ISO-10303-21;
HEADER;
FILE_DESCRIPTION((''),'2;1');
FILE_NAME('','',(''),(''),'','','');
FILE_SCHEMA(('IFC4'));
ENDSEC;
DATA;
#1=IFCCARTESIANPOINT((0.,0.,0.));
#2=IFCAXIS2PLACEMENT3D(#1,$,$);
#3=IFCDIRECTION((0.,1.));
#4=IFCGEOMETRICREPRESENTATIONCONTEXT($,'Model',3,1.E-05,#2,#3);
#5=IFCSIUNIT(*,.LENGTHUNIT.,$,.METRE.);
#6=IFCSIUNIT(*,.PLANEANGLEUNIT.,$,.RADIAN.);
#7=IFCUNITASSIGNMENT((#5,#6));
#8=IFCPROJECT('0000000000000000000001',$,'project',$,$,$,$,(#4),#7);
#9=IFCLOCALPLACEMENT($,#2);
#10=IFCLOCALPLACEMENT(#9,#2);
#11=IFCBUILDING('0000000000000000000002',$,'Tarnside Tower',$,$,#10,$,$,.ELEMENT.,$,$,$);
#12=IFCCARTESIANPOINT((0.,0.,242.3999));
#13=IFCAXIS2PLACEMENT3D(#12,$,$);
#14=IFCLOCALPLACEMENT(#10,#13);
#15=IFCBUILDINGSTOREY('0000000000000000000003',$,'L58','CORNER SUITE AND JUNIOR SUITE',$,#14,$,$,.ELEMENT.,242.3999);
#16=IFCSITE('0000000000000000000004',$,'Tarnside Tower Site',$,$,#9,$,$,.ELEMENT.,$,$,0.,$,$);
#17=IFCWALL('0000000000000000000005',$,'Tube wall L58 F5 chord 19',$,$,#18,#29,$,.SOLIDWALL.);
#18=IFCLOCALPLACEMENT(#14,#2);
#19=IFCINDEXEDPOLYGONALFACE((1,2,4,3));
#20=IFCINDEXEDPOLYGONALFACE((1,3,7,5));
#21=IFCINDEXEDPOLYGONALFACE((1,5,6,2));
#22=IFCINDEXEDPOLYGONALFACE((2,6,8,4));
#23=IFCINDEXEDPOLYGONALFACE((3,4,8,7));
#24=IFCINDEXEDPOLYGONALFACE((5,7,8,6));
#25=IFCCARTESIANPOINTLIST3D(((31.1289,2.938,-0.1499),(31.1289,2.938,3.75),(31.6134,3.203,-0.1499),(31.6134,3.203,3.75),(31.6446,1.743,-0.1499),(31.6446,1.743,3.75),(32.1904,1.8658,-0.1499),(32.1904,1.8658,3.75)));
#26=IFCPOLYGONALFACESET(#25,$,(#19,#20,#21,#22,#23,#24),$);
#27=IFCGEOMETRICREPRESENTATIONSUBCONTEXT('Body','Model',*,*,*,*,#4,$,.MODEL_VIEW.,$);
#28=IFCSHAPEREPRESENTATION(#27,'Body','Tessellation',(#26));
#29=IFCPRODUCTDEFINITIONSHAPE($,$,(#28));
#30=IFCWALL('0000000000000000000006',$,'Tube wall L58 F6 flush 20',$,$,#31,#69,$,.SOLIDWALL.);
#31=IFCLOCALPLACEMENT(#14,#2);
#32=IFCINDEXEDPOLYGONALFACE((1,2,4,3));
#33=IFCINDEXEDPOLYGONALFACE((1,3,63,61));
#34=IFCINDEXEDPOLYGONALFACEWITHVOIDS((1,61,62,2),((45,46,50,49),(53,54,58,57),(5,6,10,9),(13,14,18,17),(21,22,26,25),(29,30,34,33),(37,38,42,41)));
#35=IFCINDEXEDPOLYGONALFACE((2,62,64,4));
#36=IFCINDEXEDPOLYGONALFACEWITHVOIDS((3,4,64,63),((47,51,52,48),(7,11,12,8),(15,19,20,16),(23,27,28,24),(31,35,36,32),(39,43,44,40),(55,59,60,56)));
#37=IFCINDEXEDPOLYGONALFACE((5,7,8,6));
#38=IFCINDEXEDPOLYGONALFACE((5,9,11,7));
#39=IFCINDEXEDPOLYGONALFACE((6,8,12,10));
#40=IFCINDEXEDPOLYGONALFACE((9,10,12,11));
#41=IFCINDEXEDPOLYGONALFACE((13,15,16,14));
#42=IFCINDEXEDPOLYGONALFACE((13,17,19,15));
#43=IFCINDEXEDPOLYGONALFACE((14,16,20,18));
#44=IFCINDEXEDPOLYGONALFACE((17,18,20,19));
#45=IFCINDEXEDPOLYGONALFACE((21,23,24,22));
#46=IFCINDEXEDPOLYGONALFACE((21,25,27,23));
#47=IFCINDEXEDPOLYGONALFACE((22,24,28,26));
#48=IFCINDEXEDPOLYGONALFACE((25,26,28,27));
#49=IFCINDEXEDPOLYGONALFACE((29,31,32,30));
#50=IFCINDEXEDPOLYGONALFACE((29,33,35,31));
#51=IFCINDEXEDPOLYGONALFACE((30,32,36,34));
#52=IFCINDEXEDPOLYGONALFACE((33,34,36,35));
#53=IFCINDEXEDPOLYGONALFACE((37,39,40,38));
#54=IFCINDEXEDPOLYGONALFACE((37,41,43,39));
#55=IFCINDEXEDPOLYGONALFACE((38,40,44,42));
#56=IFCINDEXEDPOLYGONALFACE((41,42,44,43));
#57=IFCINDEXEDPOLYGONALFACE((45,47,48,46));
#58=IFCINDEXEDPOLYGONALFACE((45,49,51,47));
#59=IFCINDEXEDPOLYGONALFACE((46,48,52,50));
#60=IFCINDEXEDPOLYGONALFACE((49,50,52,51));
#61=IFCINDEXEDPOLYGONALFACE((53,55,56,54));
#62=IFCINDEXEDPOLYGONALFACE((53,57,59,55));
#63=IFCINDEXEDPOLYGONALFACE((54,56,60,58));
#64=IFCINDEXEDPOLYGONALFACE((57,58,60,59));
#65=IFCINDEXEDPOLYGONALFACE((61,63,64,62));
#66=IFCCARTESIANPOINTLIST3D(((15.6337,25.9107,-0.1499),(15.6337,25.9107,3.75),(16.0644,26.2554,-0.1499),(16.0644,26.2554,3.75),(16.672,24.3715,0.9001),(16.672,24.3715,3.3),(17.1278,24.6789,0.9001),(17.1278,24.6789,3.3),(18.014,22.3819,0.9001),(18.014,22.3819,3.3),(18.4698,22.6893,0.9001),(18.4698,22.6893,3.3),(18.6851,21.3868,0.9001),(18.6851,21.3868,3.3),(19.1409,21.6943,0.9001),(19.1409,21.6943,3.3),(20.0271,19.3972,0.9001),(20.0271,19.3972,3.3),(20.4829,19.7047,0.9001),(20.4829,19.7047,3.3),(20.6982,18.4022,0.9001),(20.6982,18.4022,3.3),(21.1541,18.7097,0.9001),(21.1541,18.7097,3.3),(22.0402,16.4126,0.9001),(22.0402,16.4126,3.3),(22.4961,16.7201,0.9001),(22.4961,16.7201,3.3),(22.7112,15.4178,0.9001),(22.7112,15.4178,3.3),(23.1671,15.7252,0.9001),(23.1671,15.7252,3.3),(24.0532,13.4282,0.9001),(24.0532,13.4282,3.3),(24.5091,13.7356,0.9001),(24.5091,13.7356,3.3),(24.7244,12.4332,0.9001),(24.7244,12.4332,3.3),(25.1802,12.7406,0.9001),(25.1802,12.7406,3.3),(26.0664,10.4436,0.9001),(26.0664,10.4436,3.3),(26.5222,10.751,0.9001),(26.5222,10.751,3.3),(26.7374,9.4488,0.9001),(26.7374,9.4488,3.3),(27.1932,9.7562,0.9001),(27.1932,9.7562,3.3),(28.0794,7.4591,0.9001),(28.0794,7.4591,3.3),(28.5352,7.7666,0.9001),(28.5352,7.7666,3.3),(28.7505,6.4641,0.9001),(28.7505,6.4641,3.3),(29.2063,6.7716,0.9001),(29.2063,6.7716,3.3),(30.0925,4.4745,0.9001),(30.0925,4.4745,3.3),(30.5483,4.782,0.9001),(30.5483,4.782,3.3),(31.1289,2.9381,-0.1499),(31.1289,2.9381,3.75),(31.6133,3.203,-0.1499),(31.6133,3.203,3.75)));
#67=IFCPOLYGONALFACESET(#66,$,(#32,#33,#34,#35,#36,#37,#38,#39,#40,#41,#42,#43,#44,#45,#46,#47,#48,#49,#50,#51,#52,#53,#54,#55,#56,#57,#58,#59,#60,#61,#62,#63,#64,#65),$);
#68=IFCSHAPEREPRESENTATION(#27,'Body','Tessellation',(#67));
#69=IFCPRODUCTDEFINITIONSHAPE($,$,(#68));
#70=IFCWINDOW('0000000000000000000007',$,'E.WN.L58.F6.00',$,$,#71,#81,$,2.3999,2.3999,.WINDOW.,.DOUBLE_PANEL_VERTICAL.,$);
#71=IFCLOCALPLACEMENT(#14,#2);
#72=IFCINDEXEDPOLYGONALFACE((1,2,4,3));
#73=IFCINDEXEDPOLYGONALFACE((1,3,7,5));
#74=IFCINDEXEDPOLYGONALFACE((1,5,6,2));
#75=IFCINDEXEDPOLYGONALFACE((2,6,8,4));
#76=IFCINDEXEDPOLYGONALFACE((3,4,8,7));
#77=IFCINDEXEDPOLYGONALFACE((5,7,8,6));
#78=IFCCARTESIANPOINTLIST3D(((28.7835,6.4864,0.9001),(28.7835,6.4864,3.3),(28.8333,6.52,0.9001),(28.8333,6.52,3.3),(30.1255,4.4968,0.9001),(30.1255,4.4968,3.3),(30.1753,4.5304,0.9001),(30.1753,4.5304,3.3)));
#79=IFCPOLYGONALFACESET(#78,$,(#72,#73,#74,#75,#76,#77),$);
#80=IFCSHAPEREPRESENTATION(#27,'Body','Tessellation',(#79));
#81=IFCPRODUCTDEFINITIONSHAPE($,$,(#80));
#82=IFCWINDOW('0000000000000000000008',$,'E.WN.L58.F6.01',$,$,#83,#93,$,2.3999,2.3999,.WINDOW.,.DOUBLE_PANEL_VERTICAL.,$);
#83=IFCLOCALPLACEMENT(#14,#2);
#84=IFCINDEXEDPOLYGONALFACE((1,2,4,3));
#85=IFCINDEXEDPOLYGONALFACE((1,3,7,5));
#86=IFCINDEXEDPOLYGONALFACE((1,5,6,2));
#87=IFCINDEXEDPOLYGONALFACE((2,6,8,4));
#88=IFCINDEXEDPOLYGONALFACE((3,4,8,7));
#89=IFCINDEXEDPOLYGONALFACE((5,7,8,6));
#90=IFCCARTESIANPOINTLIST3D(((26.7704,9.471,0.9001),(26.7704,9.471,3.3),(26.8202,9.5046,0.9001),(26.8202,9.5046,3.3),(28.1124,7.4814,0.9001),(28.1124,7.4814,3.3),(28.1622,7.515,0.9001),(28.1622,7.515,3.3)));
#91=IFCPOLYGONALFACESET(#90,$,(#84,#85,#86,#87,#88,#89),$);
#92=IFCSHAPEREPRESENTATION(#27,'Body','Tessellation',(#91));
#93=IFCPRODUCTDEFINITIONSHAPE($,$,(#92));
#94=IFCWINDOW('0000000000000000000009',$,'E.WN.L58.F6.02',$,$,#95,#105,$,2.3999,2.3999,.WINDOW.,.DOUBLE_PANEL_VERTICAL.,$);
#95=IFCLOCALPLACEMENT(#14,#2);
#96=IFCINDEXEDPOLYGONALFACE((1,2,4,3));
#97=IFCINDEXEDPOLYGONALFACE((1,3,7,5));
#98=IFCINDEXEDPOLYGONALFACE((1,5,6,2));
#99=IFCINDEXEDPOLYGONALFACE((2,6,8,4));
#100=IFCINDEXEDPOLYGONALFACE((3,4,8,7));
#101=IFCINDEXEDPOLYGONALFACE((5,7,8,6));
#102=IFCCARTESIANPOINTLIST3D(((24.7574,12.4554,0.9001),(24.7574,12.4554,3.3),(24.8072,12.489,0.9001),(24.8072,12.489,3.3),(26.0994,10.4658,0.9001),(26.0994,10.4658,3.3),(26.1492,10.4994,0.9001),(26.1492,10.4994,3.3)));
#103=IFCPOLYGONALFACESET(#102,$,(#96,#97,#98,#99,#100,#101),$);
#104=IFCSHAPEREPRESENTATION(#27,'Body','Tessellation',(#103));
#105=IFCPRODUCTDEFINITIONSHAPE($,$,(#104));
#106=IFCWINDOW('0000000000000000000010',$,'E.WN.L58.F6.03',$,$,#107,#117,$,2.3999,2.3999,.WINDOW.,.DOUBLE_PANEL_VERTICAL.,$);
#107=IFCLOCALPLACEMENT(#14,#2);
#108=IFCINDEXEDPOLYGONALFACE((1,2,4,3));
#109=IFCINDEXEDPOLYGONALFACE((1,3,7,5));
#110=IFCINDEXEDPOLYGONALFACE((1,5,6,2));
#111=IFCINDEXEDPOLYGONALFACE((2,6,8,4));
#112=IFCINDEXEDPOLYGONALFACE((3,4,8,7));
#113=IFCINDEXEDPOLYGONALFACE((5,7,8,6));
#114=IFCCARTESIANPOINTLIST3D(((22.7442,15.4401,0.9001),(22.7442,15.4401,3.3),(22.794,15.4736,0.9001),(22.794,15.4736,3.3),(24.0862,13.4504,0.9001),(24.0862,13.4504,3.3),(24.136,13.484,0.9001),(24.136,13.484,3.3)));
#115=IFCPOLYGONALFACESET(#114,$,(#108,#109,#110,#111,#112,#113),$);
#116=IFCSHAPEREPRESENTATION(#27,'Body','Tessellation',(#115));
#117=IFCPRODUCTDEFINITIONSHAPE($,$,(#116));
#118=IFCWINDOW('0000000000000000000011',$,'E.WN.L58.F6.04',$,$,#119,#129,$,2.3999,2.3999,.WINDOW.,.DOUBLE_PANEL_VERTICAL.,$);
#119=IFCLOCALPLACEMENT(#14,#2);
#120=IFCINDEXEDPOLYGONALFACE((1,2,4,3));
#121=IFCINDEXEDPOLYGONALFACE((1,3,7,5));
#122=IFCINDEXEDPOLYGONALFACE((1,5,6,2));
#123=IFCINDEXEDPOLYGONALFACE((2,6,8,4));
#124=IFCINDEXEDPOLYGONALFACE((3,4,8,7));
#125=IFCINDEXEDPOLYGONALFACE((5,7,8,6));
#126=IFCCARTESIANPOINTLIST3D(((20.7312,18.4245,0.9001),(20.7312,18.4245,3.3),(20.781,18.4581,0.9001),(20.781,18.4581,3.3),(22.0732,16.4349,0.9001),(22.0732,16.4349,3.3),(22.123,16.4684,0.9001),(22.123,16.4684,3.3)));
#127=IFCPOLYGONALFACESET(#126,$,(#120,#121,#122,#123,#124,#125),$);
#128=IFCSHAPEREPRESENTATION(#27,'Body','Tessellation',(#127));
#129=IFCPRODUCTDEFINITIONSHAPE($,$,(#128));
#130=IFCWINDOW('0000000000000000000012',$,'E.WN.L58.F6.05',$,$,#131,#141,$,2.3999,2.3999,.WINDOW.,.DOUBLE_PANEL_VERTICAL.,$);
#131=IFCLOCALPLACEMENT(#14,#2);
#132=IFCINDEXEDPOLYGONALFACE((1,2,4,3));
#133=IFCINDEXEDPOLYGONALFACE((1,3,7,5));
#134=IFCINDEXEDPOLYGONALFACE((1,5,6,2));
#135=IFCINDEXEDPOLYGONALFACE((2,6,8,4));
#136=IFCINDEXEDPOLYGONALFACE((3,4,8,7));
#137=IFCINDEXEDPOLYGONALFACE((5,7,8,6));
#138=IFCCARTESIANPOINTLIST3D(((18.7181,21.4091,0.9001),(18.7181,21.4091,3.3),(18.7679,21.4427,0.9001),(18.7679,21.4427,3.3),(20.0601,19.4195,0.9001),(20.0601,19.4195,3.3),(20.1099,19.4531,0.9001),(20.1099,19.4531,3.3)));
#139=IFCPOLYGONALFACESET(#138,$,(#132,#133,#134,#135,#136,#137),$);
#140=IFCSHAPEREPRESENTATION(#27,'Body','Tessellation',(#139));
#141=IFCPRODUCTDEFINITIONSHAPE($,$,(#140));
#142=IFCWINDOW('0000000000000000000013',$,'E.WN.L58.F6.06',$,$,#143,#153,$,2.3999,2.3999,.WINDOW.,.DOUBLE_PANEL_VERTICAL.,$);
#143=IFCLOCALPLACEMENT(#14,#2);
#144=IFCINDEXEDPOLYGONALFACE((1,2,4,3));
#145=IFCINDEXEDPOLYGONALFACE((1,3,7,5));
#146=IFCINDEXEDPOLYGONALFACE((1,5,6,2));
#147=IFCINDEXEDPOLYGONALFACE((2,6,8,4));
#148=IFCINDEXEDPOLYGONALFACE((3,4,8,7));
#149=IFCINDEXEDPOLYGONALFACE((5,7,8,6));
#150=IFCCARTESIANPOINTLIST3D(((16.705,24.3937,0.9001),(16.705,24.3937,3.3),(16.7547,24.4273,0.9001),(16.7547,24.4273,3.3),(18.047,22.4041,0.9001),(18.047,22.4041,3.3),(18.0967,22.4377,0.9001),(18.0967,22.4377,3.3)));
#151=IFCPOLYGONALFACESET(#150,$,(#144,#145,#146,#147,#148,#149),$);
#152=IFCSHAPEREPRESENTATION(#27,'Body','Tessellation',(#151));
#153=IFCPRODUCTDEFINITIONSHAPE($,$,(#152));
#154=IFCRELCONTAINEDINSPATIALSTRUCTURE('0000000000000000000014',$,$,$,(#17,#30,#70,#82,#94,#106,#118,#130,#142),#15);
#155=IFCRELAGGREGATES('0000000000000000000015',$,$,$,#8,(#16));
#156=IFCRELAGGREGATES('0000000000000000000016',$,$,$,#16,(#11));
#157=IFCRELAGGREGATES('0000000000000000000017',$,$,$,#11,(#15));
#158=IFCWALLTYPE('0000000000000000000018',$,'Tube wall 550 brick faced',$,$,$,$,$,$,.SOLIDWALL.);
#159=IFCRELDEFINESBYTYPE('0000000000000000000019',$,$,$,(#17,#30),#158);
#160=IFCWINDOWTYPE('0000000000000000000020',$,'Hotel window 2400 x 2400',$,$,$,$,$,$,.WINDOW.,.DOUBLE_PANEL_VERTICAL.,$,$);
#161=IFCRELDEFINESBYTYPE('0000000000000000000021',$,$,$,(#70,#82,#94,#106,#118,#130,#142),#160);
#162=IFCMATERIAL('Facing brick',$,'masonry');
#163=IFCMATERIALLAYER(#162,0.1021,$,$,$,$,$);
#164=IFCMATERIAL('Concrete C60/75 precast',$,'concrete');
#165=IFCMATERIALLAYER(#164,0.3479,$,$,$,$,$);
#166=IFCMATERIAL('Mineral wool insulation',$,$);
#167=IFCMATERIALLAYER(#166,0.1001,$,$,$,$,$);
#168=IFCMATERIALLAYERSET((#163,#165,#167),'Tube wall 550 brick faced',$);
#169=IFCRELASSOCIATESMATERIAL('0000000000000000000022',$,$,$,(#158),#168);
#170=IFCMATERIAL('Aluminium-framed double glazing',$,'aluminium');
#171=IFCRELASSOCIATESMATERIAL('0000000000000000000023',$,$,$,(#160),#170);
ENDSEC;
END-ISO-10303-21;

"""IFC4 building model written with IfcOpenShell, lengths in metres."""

from ifc_helpers import new_model, si_unit, direction, frame, frame_2d, origin, place, context, subcontext, project, spatial, polyline, rectangle, outline, extrude, material, layer, layer_set, type_object, element, fill, save


model = new_model("IFC4")

# Units and contexts
model_context = context("Model", 3, precision=1e-05, world=origin(), true_north=direction((0.0, 1.0)))
body_context = subcontext(model_context, "Body", "Model", "MODEL_VIEW")
ifc_project = project(units=[si_unit("LENGTHUNIT", "METRE"), si_unit("PLANEANGLEUNIT", "RADIAN")], contexts=[model_context])

# Site, building, storey
site_placement = place(None, origin())
site = spatial("IfcSite", under=ifc_project, at=site_placement, Name="Tarnside Tower Site", CompositionType="ELEMENT", RefElevation=0.0)
building_placement = place(site_placement, origin())
building = spatial("IfcBuilding", under=site, at=building_placement, Name="Tarnside Tower", CompositionType="ELEMENT")
storey_placement = place(building_placement, frame((0.0, 0.0, 242.3999)))
storey = spatial("IfcBuildingStorey", under=building, at=storey_placement, Name="L58", Description="CORNER SUITE AND JUNIOR SUITE", CompositionType="ELEMENT", Elevation=242.3999)

# Wall
ifc_material_1 = material(Name="Facing brick", Category="masonry")
ifc_layer_1 = layer(ifc_material_1, 0.1021)
ifc_material_2 = material(Name="Concrete C60/75 precast", Category="concrete")
ifc_layer_2 = layer(ifc_material_2, 0.3479)
ifc_material_3 = material(Name="Mineral wool insulation")
ifc_layer_3 = layer(ifc_material_3, 0.1001)
ifc_layer_set_1 = layer_set([ifc_layer_1, ifc_layer_2, ifc_layer_3], Name="Tube wall 550 brick faced")
wall_type_1 = type_object("IfcWallType", Name="Tube wall 550 brick faced", PredefinedType="SOLIDWALL", material=ifc_layer_set_1)
wall_1_placement = place(storey_placement, frame((31.9175, 1.8044, -0.1499), z_axis=(0.0, 0.0, 1.0), x_axis=(-0.396226, 0.918153, 0.0)))
element("IfcWall", 1, at=wall_1_placement, inside=storey, type_object=wall_type_1, Name="Tube wall L58 F5 chord 19", PredefinedType="SOLIDWALL", context=body_context, shape_type="SweptSolid", body=[
    extrude(outline(polyline([(-0.0518, -0.2749), (1.4045, -0.2749), (1.3533, 0.2749), (0.0518, 0.2749), (-0.0518, -0.2749)])), origin(), (0.0, 0.0, 1.0), 3.8999),
])

# Wall, openings, windows
wall_2_placement = place(storey_placement, frame((31.3711, 3.0706, -0.1499), z_axis=(0.0, 0.0, 1.0), x_axis=(-0.55919, 0.82904, 0.0)))
wall_2 = element("IfcWall", 2, at=wall_2_placement, inside=storey, type_object=wall_type_1, Name="Tube wall L58 F6 flush 20", PredefinedType="SOLIDWALL", context=body_context, shape_type="SweptSolid", body=[
    extrude(outline(polyline([(-0.0256, -0.2749), (27.7805, -0.2749), (27.7356, 0.2749), (0.0256, 0.2749), (-0.0256, -0.2749)])), origin(), (0.0, 0.0, 1.0), 3.8999),
])
opening_1_placement = place(wall_2_placement, frame((1.8789, 0.0, 1.05)))
opening_1 = element("IfcOpeningElement", 3, at=opening_1_placement, cuts=wall_2, PredefinedType="OPENING", context=body_context, shape_type="SweptSolid", body=[
    extrude(rectangle(XDim=2.3999, YDim=2.3999, at=frame_2d((1.2, 1.2))), frame((0.0, 0.2852, 0.0), z_axis=(0.0, -1.0, 0.0), x_axis=(1.0, 0.0, 0.0)), (0.0, 0.0, 1.0), 0.5701),
])
opening_2_placement = place(wall_2_placement, frame((5.479, 0.0, 1.05)))
opening_2 = element("IfcOpeningElement", 4, at=opening_2_placement, cuts=wall_2, PredefinedType="OPENING", context=body_context, shape_type="SweptSolid", body=[
    extrude(rectangle(XDim=2.3999, YDim=2.3999, at=frame_2d((1.2, 1.2))), frame((0.0, 0.2852, 0.0), z_axis=(0.0, -1.0, 0.0), x_axis=(1.0, 0.0, 0.0)), (0.0, 0.0, 1.0), 0.5701),
])
opening_3_placement = place(wall_2_placement, frame((9.0789, 0.0, 1.05)))
opening_3 = element("IfcOpeningElement", 5, at=opening_3_placement, cuts=wall_2, PredefinedType="OPENING", context=body_context, shape_type="SweptSolid", body=[
    extrude(rectangle(XDim=2.3999, YDim=2.3999, at=frame_2d((1.2, 1.2))), frame((0.0, 0.2852, 0.0), z_axis=(0.0, -1.0, 0.0), x_axis=(1.0, 0.0, 0.0)), (0.0, 0.0, 1.0), 0.5701),
])
opening_4_placement = place(wall_2_placement, frame((12.679, 0.0, 1.05)))
opening_4 = element("IfcOpeningElement", 6, at=opening_4_placement, cuts=wall_2, PredefinedType="OPENING", context=body_context, shape_type="SweptSolid", body=[
    extrude(rectangle(XDim=2.3999, YDim=2.3999, at=frame_2d((1.2, 1.2))), frame((0.0, 0.2852, 0.0), z_axis=(0.0, -1.0, 0.0), x_axis=(1.0, 0.0, 0.0)), (0.0, 0.0, 1.0), 0.5701),
])
opening_5_placement = place(wall_2_placement, frame((16.2788, 0.0, 1.05)))
opening_5 = element("IfcOpeningElement", 7, at=opening_5_placement, cuts=wall_2, PredefinedType="OPENING", context=body_context, shape_type="SweptSolid", body=[
    extrude(rectangle(XDim=2.3999, YDim=2.3999, at=frame_2d((1.2, 1.2))), frame((0.0, 0.2852, 0.0), z_axis=(0.0, -1.0, 0.0), x_axis=(1.0, 0.0, 0.0)), (0.0, 0.0, 1.0), 0.5701),
])
opening_6_placement = place(wall_2_placement, frame((19.8789, 0.0, 1.05)))
opening_6 = element("IfcOpeningElement", 8, at=opening_6_placement, cuts=wall_2, PredefinedType="OPENING", context=body_context, shape_type="SweptSolid", body=[
    extrude(rectangle(XDim=2.3999, YDim=2.3999, at=frame_2d((1.2, 1.2))), frame((0.0, 0.2852, 0.0), z_axis=(0.0, -1.0, 0.0), x_axis=(1.0, 0.0, 0.0)), (0.0, 0.0, 1.0), 0.5701),
])
opening_7_placement = place(wall_2_placement, frame((23.479, 0.0, 1.05)))
opening_7 = element("IfcOpeningElement", 9, at=opening_7_placement, cuts=wall_2, PredefinedType="OPENING", context=body_context, shape_type="SweptSolid", body=[
    extrude(rectangle(XDim=2.3999, YDim=2.3999, at=frame_2d((1.2, 1.2))), frame((0.0, 0.2852, 0.0), z_axis=(0.0, -1.0, 0.0), x_axis=(1.0, 0.0, 0.0)), (0.0, 0.0, 1.0), 0.5701),
])
ifc_material_4 = material(Name="Aluminium-framed double glazing", Category="aluminium")
window_type = type_object("IfcWindowType", Name="Hotel window 2400 x 2400", PartitioningType="DOUBLE_PANEL_VERTICAL", PredefinedType="WINDOW", material=ifc_material_4)
window_1_placement = place(opening_1_placement, frame((0.0, 0.2051, 0.0)))
window_1 = element("IfcWindow", 10, at=window_1_placement, inside=storey, type_object=window_type, Name="E.WN.L58.F6.00", OverallHeight=2.3999, OverallWidth=2.3999, PartitioningType="DOUBLE_PANEL_VERTICAL", PredefinedType="WINDOW", context=body_context, shape_type="SweptSolid", body=[
    extrude(rectangle(XDim=2.3999, YDim=2.3999, at=frame_2d((1.2, 1.2))), frame((0.0, 0.03, 0.0), z_axis=(0.0, -1.0, 0.0), x_axis=(1.0, 0.0, 0.0)), (0.0, 0.0, 1.0), 0.0601),
])
fill(opening_1, window_1)
window_2_placement = place(opening_2_placement, frame((0.0, 0.2051, 0.0)))
window_2 = element("IfcWindow", 11, at=window_2_placement, inside=storey, type_object=window_type, Name="E.WN.L58.F6.01", OverallHeight=2.3999, OverallWidth=2.3999, PartitioningType="DOUBLE_PANEL_VERTICAL", PredefinedType="WINDOW", context=body_context, shape_type="SweptSolid", body=[
    extrude(rectangle(XDim=2.3999, YDim=2.3999, at=frame_2d((1.2, 1.2))), frame((0.0, 0.03, 0.0), z_axis=(0.0, -1.0, 0.0), x_axis=(1.0, 0.0, 0.0)), (0.0, 0.0, 1.0), 0.0601),
])
fill(opening_2, window_2)
window_3_placement = place(opening_3_placement, frame((0.0, 0.2051, 0.0)))
window_3 = element("IfcWindow", 12, at=window_3_placement, inside=storey, type_object=window_type, Name="E.WN.L58.F6.02", OverallHeight=2.3999, OverallWidth=2.3999, PartitioningType="DOUBLE_PANEL_VERTICAL", PredefinedType="WINDOW", context=body_context, shape_type="SweptSolid", body=[
    extrude(rectangle(XDim=2.3999, YDim=2.3999, at=frame_2d((1.2, 1.2))), frame((0.0, 0.03, 0.0), z_axis=(0.0, -1.0, 0.0), x_axis=(1.0, 0.0, 0.0)), (0.0, 0.0, 1.0), 0.0601),
])
fill(opening_3, window_3)
window_4_placement = place(opening_4_placement, frame((0.0, 0.2051, 0.0)))
window_4 = element("IfcWindow", 13, at=window_4_placement, inside=storey, type_object=window_type, Name="E.WN.L58.F6.03", OverallHeight=2.3999, OverallWidth=2.3999, PartitioningType="DOUBLE_PANEL_VERTICAL", PredefinedType="WINDOW", context=body_context, shape_type="SweptSolid", body=[
    extrude(rectangle(XDim=2.3999, YDim=2.3999, at=frame_2d((1.2, 1.2))), frame((0.0, 0.03, 0.0), z_axis=(0.0, -1.0, 0.0), x_axis=(1.0, 0.0, 0.0)), (0.0, 0.0, 1.0), 0.0601),
])
fill(opening_4, window_4)
window_5_placement = place(opening_5_placement, frame((0.0, 0.2051, 0.0)))
window_5 = element("IfcWindow", 14, at=window_5_placement, inside=storey, type_object=window_type, Name="E.WN.L58.F6.04", OverallHeight=2.3999, OverallWidth=2.3999, PartitioningType="DOUBLE_PANEL_VERTICAL", PredefinedType="WINDOW", context=body_context, shape_type="SweptSolid", body=[
    extrude(rectangle(XDim=2.3999, YDim=2.3999, at=frame_2d((1.2, 1.2))), frame((0.0, 0.03, 0.0), z_axis=(0.0, -1.0, 0.0), x_axis=(1.0, 0.0, 0.0)), (0.0, 0.0, 1.0), 0.0601),
])
fill(opening_5, window_5)
window_6_placement = place(opening_6_placement, frame((0.0, 0.2051, 0.0)))
window_6 = element("IfcWindow", 15, at=window_6_placement, inside=storey, type_object=window_type, Name="E.WN.L58.F6.05", OverallHeight=2.3999, OverallWidth=2.3999, PartitioningType="DOUBLE_PANEL_VERTICAL", PredefinedType="WINDOW", context=body_context, shape_type="SweptSolid", body=[
    extrude(rectangle(XDim=2.3999, YDim=2.3999, at=frame_2d((1.2, 1.2))), frame((0.0, 0.03, 0.0), z_axis=(0.0, -1.0, 0.0), x_axis=(1.0, 0.0, 0.0)), (0.0, 0.0, 1.0), 0.0601),
])
fill(opening_6, window_6)
window_7_placement = place(opening_7_placement, frame((0.0, 0.2051, 0.0)))
window_7 = element("IfcWindow", 16, at=window_7_placement, inside=storey, type_object=window_type, Name="E.WN.L58.F6.06", OverallHeight=2.3999, OverallWidth=2.3999, PartitioningType="DOUBLE_PANEL_VERTICAL", PredefinedType="WINDOW", context=body_context, shape_type="SweptSolid", body=[
    extrude(rectangle(XDim=2.3999, YDim=2.3999, at=frame_2d((1.2, 1.2))), frame((0.0, 0.03, 0.0), z_axis=(0.0, -1.0, 0.0), x_axis=(1.0, 0.0, 0.0)), (0.0, 0.0, 1.0), 0.0601),
])
fill(opening_7, window_7)

save(model, "model.ifc")
